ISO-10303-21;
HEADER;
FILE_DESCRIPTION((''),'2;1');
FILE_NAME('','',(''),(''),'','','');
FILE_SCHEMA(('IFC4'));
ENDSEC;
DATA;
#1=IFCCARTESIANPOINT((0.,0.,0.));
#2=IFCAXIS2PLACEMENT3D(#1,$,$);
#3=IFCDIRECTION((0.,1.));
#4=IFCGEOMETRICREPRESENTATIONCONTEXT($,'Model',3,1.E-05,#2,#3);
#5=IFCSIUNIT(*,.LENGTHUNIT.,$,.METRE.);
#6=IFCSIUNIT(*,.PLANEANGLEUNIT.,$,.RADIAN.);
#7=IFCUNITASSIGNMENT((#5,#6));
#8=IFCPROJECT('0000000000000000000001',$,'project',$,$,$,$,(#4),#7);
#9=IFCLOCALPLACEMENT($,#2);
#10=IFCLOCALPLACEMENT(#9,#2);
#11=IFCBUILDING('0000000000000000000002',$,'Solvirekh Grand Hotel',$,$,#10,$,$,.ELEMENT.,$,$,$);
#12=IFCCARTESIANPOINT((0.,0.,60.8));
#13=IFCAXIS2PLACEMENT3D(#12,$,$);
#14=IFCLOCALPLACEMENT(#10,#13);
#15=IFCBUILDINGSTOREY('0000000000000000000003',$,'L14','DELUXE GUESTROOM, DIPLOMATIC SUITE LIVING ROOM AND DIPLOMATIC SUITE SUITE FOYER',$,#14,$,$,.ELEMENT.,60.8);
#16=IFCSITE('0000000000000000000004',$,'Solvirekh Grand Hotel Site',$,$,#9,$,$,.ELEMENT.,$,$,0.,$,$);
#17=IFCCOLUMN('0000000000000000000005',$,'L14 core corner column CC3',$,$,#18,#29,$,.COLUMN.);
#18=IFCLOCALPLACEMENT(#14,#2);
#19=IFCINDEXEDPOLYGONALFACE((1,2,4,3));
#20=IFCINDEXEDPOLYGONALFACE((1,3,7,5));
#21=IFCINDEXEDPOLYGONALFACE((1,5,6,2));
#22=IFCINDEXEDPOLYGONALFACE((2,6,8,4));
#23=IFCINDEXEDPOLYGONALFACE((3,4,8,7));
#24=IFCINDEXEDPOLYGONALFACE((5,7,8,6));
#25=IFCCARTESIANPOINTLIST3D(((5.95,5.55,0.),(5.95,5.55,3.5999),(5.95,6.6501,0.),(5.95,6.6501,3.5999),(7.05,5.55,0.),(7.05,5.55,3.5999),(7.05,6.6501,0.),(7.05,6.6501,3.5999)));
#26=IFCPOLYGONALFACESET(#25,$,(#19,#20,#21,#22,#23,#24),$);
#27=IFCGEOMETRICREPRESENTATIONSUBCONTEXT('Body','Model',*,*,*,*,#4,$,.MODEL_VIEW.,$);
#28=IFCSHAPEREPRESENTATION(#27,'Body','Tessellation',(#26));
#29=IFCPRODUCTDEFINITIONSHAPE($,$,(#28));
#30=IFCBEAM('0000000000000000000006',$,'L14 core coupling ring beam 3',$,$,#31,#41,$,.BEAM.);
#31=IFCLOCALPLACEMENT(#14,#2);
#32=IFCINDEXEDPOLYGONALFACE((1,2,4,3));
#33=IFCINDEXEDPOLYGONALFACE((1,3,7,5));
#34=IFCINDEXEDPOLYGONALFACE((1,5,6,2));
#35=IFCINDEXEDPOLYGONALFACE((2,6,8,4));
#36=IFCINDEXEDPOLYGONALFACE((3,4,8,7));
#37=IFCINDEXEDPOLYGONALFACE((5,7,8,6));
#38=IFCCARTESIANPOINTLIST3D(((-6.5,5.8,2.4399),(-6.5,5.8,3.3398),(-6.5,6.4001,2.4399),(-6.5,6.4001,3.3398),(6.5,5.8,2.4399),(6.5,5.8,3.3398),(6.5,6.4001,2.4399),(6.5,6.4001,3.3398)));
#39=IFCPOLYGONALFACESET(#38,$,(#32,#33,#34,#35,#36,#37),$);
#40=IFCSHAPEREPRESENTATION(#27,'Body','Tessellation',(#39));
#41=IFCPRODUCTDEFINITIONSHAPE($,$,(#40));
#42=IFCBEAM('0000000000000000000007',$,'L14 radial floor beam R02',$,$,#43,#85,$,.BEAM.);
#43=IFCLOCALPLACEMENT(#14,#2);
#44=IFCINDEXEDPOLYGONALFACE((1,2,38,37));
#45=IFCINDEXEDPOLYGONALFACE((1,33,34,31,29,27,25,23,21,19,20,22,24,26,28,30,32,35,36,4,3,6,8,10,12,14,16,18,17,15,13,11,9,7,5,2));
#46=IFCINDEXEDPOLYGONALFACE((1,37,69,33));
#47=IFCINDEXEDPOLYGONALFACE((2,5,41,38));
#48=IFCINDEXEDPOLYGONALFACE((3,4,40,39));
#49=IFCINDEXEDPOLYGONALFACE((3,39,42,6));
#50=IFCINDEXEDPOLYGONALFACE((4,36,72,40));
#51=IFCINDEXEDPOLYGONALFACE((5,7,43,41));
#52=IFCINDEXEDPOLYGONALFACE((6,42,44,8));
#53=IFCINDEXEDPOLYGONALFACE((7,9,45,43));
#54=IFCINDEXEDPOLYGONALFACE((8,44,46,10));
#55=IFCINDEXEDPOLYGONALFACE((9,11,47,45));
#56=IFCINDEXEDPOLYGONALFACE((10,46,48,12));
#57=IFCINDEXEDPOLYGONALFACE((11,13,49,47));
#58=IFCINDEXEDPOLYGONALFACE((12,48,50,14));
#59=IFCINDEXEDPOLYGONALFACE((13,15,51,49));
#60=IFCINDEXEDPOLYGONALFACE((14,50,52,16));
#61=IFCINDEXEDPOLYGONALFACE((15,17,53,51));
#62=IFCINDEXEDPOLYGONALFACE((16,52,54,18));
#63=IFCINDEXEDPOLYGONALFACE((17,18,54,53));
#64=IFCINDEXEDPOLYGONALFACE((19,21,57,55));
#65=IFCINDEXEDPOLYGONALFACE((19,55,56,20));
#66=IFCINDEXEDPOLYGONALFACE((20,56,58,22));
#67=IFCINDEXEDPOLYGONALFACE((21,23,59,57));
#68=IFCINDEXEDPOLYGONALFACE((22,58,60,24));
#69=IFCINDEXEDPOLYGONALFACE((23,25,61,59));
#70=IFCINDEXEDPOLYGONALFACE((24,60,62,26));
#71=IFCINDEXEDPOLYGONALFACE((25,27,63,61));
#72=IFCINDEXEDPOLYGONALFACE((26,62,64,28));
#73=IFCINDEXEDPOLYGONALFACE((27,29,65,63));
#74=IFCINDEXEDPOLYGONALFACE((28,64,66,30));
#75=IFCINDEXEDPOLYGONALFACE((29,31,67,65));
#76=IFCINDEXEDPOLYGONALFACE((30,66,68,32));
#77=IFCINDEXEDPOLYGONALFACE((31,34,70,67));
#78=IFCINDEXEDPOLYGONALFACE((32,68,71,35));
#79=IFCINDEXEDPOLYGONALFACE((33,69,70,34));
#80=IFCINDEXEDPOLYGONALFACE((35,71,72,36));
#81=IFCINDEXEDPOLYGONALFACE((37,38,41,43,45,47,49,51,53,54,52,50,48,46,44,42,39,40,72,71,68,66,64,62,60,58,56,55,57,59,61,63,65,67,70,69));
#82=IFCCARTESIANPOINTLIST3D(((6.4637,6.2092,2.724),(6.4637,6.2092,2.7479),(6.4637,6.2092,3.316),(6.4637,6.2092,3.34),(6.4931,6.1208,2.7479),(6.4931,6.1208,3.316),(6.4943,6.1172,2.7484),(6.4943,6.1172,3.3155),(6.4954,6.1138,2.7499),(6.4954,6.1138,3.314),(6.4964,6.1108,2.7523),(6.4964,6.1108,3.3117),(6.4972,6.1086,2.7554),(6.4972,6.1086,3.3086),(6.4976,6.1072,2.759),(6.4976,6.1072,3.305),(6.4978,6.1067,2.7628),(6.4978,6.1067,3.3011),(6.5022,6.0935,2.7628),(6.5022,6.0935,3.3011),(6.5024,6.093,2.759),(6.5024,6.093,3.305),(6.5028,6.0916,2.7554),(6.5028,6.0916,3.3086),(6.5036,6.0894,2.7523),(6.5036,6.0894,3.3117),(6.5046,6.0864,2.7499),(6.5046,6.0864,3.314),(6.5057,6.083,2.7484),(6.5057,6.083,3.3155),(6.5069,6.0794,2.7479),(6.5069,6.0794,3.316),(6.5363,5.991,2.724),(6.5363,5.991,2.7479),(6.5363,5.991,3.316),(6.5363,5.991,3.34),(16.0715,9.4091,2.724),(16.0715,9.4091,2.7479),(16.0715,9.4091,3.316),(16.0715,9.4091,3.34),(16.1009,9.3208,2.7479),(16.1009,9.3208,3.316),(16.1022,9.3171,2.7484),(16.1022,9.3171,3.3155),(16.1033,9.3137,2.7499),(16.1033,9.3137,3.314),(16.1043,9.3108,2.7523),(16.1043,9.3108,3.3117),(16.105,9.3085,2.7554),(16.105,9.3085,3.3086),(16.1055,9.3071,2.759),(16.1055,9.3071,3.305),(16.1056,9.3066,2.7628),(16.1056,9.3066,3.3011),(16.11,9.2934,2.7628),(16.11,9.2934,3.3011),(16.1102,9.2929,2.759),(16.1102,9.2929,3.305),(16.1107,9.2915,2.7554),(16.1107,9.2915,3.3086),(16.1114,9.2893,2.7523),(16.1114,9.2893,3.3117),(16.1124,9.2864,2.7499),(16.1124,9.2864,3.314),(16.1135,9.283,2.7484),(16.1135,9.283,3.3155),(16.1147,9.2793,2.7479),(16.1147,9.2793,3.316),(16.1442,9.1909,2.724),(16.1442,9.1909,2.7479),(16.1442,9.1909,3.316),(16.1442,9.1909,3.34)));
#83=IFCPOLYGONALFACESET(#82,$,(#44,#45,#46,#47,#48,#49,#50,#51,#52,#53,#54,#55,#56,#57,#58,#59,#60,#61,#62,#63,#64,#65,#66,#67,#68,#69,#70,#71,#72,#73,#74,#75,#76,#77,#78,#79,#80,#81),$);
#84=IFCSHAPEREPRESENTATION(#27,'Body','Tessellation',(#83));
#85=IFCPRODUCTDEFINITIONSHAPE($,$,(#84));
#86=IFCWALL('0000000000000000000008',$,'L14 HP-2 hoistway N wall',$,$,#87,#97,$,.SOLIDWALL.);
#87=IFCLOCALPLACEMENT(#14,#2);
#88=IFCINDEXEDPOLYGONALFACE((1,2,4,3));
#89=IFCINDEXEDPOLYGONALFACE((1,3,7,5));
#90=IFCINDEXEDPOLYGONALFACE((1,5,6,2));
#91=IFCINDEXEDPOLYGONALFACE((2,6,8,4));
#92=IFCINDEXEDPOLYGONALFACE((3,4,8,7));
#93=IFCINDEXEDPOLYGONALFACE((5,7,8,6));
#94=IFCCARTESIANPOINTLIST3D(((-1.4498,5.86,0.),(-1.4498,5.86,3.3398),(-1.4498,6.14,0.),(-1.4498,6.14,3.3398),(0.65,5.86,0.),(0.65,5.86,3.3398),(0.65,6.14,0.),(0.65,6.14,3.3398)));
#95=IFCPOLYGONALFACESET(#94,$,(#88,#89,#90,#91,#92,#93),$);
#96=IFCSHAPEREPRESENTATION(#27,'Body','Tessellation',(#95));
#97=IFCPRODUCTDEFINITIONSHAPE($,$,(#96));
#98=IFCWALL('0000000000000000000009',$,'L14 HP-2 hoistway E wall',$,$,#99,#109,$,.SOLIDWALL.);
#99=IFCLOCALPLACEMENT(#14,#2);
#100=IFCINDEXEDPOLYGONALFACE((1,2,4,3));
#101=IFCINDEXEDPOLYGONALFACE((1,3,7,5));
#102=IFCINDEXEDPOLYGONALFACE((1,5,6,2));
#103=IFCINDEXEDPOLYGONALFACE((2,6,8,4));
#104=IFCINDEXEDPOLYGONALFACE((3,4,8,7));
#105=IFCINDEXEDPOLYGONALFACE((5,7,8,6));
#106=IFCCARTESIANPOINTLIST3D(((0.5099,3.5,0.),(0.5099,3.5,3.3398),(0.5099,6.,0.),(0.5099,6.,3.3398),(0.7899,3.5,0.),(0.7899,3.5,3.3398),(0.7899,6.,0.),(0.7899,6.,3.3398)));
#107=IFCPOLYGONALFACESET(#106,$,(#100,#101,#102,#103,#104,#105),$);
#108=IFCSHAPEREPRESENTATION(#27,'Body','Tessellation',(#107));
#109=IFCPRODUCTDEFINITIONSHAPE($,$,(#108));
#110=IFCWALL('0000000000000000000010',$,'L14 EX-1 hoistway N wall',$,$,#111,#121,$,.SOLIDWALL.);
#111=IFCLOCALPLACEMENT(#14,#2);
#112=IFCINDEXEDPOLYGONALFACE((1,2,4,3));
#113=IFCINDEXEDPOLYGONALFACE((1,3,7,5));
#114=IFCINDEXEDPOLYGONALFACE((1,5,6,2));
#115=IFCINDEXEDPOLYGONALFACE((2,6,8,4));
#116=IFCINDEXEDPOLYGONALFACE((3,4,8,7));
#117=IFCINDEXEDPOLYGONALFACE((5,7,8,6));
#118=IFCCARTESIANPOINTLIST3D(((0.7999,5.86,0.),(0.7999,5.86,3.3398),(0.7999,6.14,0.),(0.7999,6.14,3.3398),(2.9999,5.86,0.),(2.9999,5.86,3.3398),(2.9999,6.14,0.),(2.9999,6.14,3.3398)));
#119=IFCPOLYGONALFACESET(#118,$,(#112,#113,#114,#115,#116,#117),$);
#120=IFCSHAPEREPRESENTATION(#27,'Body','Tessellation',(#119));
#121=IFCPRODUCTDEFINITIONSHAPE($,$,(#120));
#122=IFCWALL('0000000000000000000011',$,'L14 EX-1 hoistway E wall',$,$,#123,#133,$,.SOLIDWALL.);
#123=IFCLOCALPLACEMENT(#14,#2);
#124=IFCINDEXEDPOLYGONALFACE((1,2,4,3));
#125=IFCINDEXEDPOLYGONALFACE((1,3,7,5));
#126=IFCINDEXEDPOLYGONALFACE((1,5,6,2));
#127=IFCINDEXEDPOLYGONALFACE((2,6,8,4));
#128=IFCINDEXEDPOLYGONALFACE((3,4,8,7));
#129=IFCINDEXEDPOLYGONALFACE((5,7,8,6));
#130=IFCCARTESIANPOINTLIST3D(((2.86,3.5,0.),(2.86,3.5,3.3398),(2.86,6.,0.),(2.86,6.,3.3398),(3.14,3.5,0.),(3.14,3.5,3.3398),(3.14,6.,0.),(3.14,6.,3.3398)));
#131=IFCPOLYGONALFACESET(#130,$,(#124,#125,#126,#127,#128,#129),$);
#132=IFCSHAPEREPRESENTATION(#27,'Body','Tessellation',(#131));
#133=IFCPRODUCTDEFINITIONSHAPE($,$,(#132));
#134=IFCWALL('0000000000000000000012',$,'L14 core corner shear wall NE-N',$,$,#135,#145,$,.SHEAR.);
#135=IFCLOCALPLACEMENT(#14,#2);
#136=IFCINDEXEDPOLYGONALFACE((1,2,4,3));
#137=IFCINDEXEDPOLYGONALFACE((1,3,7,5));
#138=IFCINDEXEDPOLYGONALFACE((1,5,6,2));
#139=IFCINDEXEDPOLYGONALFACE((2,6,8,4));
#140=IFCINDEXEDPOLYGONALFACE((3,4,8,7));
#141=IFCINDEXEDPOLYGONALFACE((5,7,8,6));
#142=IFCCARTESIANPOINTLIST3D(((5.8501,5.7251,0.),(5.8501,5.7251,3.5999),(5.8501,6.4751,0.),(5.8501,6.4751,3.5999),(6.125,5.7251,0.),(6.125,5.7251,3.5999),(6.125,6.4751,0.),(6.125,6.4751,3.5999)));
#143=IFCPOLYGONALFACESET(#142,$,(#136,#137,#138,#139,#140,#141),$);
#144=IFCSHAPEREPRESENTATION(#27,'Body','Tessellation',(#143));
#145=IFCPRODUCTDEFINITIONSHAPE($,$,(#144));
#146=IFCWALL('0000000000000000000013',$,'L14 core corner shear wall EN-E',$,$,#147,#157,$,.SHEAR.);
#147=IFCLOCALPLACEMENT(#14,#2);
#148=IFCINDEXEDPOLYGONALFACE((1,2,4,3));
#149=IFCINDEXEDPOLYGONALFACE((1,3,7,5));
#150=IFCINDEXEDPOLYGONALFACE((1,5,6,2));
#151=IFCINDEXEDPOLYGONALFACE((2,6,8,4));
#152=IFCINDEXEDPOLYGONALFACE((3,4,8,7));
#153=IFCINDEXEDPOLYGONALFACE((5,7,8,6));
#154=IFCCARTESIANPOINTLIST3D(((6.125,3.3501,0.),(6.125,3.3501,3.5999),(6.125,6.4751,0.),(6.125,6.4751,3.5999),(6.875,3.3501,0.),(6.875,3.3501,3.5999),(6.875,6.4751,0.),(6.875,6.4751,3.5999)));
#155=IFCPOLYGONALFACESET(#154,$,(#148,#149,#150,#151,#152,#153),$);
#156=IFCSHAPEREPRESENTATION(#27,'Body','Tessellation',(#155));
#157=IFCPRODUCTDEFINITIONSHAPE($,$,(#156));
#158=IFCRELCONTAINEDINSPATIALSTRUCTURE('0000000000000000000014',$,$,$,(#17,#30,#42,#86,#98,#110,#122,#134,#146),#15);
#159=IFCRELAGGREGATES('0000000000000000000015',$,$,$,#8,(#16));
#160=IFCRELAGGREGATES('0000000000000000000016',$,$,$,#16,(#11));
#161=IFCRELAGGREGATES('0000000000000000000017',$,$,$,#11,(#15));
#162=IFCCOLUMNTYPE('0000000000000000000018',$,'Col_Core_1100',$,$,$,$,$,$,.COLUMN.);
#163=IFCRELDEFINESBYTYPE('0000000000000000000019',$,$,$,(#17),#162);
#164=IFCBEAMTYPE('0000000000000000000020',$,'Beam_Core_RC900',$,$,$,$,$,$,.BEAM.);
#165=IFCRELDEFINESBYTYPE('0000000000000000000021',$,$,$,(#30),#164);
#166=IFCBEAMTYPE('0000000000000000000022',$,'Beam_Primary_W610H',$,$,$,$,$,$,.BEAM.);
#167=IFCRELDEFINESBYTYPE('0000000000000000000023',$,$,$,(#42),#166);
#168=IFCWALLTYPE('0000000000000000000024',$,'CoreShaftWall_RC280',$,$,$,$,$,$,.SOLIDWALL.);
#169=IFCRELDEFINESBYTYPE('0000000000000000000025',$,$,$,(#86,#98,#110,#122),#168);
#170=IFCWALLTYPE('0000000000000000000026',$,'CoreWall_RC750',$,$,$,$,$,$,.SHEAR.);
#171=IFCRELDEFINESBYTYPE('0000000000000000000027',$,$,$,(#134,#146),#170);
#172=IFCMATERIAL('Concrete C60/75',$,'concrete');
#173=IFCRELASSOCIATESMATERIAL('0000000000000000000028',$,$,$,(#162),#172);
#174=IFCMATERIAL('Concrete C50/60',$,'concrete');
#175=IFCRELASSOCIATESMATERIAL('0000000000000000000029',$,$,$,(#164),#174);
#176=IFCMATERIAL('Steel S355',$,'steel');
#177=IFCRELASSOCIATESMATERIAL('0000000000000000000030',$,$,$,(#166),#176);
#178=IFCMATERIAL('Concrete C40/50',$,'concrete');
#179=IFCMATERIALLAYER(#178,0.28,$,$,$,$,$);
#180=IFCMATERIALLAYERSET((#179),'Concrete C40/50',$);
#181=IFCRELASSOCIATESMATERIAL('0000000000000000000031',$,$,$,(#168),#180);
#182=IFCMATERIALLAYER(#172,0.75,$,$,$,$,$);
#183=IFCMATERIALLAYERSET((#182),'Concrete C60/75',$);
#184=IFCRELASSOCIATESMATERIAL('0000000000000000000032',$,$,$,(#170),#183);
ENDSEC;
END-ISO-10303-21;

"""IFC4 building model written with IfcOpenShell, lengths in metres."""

from ifc_helpers import new_model, si_unit, direction, frame, frame_2d, origin, origin_2d, place, context, subcontext, project, spatial, rectangle, i_section, extrude, material, layer, layer_set, material_profile, profile_set, type_object, element, save


model = new_model("IFC4")

# Units and contexts
model_context = context("Model", 3, precision=1e-05, world=origin(), true_north=direction((0.0, 1.0)))
body_context = subcontext(model_context, "Body", "Model", "MODEL_VIEW")
ifc_project = project(units=[si_unit("LENGTHUNIT", "METRE"), si_unit("PLANEANGLEUNIT", "RADIAN")], contexts=[model_context])

# Site, building, storey
site_placement = place(None, origin())
site = spatial("IfcSite", under=ifc_project, at=site_placement, Name="Solvirekh Grand Hotel Site", CompositionType="ELEMENT", RefElevation=0.0)
building_placement = place(site_placement, origin())
building = spatial("IfcBuilding", under=site, at=building_placement, Name="Solvirekh Grand Hotel", CompositionType="ELEMENT")
storey_placement = place(building_placement, frame((0.0, 0.0, 60.8)))
storey = spatial("IfcBuildingStorey", under=building, at=storey_placement, Name="L14", Description="DELUXE GUESTROOM, DIPLOMATIC SUITE LIVING ROOM AND DIPLOMATIC SUITE SUITE FOYER", CompositionType="ELEMENT", Elevation=60.8)

# Column
ifc_material_1 = material(Name="Concrete C60/75", Category="concrete")
ifc_material_profile_1 = material_profile(ifc_material_1, rectangle(XDim=1.1001, YDim=1.1001, at=origin_2d()), Name="RC 1100X1100")
ifc_profile_set_1 = profile_set([ifc_material_profile_1], Name="Concrete C60/75")
column_type = type_object("IfcColumnType", Name="Col_Core_1100", PredefinedType="COLUMN", material=ifc_profile_set_1)
column_placement = place(storey_placement, frame((6.5, 6.1001, 0.0), z_axis=(0.0, 0.0, 1.0), x_axis=(1.0, 0.0, 0.0)))
element("IfcColumn", 1, at=column_placement, inside=storey, type_object=column_type, Name="L14 core corner column CC3", PredefinedType="COLUMN", context=body_context, shape_type="SweptSolid", body=[
    extrude(rectangle(XDim=1.1001, YDim=1.1001, at=origin_2d()), origin(), (0.0, 0.0, 1.0), 3.5999),
])

# Beams
ifc_material_2 = material(Name="Concrete C50/60", Category="concrete")
ifc_material_profile_2 = material_profile(ifc_material_2, rectangle(XDim=0.6001, YDim=0.8999, at=origin_2d()), Name="RC BEAM 600X900")
ifc_profile_set_2 = profile_set([ifc_material_profile_2], Name="Concrete C50/60")
beam_type_1 = type_object("IfcBeamType", Name="Beam_Core_RC900", PredefinedType="BEAM", material=ifc_profile_set_2)
beam_1_placement = place(storey_placement, frame((6.5, 6.1001, 2.8899), z_axis=(-1.0, 0.0, 0.0), x_axis=(0.0, -1.0, 0.0)))
element("IfcBeam", 2, at=beam_1_placement, inside=storey, type_object=beam_type_1, Name="L14 core coupling ring beam 3", PredefinedType="BEAM", context=body_context, shape_type="SweptSolid", body=[
    extrude(rectangle(XDim=0.6001, YDim=0.8999, at=origin_2d()), origin(), (0.0, 0.0, 1.0), 13.0),
])
ifc_material_3 = material(Name="Steel S355", Category="steel")
ifc_material_profile_3 = material_profile(ifc_material_3, i_section(OverallWidth=0.23, OverallDepth=0.616, WebThickness=0.0139, FlangeThickness=0.0239, FilletRadius=0.0149, at=origin_2d()), Name="W610X174")
ifc_profile_set_3 = profile_set([ifc_material_profile_3], Name="Steel S355")
beam_type_2 = type_object("IfcBeamType", Name="Beam_Primary_W610H", PredefinedType="BEAM", material=ifc_profile_set_3)
beam_2_placement = place(storey_placement, frame((6.5, 6.1001, 3.032), z_axis=(0.948763, 0.315989, 0.0), x_axis=(-0.315989, 0.948763, 0.0)))
element("IfcBeam", 3, at=beam_2_placement, inside=storey, type_object=beam_type_2, Name="L14 radial floor beam R02", PredefinedType="BEAM", context=body_context, shape_type="SweptSolid", body=[
    extrude(i_section(OverallWidth=0.23, OverallDepth=0.616, WebThickness=0.0139, FlangeThickness=0.0239, FilletRadius=0.0149, at=origin_2d()), origin(), (0.0, 0.0, 1.0), 10.1267),
])

# Walls
ifc_material_4 = material(Name="Concrete C40/50", Category="concrete")
ifc_layer_1 = layer(ifc_material_4, 0.28)
ifc_layer_set_1 = layer_set([ifc_layer_1], Name="Concrete C40/50")
wall_type_1 = type_object("IfcWallType", Name="CoreShaftWall_RC280", PredefinedType="SOLIDWALL", material=ifc_layer_set_1)
wall_1_placement = place(storey_placement, frame((0.6499, 6.0, 0.0), z_axis=(0.0, 0.0, 1.0), x_axis=(-1.0, 0.0, 0.0)))
element("IfcWall", 4, at=wall_1_placement, inside=storey, type_object=wall_type_1, Name="L14 HP-2 hoistway N wall", PredefinedType="SOLIDWALL", context=body_context, shape_type="SweptSolid", body=[
    extrude(rectangle(XDim=2.0999, YDim=0.28, at=frame_2d((1.0498, 0.0))), origin(), (0.0, 0.0, 1.0), 3.3398),
])
wall_2_placement = place(storey_placement, frame((0.6499, 3.5, 0.0), z_axis=(0.0, 0.0, 1.0), x_axis=(0.0, 1.0, 0.0)))
element("IfcWall", 5, at=wall_2_placement, inside=storey, type_object=wall_type_1, Name="L14 HP-2 hoistway E wall", PredefinedType="SOLIDWALL", context=body_context, shape_type="SweptSolid", body=[
    extrude(rectangle(XDim=2.5, YDim=0.28, at=frame_2d((1.25, 0.0))), origin(), (0.0, 0.0, 1.0), 3.3398),
])
wall_3_placement = place(storey_placement, frame((3.0, 6.0, 0.0), z_axis=(0.0, 0.0, 1.0), x_axis=(-1.0, 0.0, 0.0)))
element("IfcWall", 6, at=wall_3_placement, inside=storey, type_object=wall_type_1, Name="L14 EX-1 hoistway N wall", PredefinedType="SOLIDWALL", context=body_context, shape_type="SweptSolid", body=[
    extrude(rectangle(XDim=2.2, YDim=0.28, at=frame_2d((1.1001, 0.0))), origin(), (0.0, 0.0, 1.0), 3.3398),
])
wall_4_placement = place(storey_placement, frame((3.0, 3.5, 0.0), z_axis=(0.0, 0.0, 1.0), x_axis=(0.0, 1.0, 0.0)))
element("IfcWall", 7, at=wall_4_placement, inside=storey, type_object=wall_type_1, Name="L14 EX-1 hoistway E wall", PredefinedType="SOLIDWALL", context=body_context, shape_type="SweptSolid", body=[
    extrude(rectangle(XDim=2.5, YDim=0.28, at=frame_2d((1.25, 0.0))), origin(), (0.0, 0.0, 1.0), 3.3398),
])
ifc_layer_2 = layer(ifc_material_1, 0.75)
ifc_layer_set_2 = layer_set([ifc_layer_2], Name="Concrete C60/75")
wall_type_2 = type_object("IfcWallType", Name="CoreWall_RC750", PredefinedType="SHEAR", material=ifc_layer_set_2)
wall_5_placement = place(storey_placement, frame((5.8501, 6.1001, 0.0), z_axis=(0.0, 0.0, 1.0), x_axis=(1.0, 0.0, 0.0)))
element("IfcWall", 8, at=wall_5_placement, inside=storey, type_object=wall_type_2, Name="L14 core corner shear wall NE-N", PredefinedType="SHEAR", context=body_context, shape_type="SweptSolid", body=[
    extrude(rectangle(XDim=0.2749, YDim=0.75, at=frame_2d((0.1375, 0.0))), origin(), (0.0, 0.0, 1.0), 3.5999),
])
wall_6_placement = place(storey_placement, frame((6.5, 3.3501, 0.0), z_axis=(0.0, 0.0, 1.0), x_axis=(0.0, 1.0, 0.0)))
element("IfcWall", 9, at=wall_6_placement, inside=storey, type_object=wall_type_2, Name="L14 core corner shear wall EN-E", PredefinedType="SHEAR", context=body_context, shape_type="SweptSolid", body=[
    extrude(rectangle(XDim=3.125, YDim=0.75, at=frame_2d((1.5625, 0.0))), origin(), (0.0, 0.0, 1.0), 3.5999),
])

save(model, "model.ifc")
